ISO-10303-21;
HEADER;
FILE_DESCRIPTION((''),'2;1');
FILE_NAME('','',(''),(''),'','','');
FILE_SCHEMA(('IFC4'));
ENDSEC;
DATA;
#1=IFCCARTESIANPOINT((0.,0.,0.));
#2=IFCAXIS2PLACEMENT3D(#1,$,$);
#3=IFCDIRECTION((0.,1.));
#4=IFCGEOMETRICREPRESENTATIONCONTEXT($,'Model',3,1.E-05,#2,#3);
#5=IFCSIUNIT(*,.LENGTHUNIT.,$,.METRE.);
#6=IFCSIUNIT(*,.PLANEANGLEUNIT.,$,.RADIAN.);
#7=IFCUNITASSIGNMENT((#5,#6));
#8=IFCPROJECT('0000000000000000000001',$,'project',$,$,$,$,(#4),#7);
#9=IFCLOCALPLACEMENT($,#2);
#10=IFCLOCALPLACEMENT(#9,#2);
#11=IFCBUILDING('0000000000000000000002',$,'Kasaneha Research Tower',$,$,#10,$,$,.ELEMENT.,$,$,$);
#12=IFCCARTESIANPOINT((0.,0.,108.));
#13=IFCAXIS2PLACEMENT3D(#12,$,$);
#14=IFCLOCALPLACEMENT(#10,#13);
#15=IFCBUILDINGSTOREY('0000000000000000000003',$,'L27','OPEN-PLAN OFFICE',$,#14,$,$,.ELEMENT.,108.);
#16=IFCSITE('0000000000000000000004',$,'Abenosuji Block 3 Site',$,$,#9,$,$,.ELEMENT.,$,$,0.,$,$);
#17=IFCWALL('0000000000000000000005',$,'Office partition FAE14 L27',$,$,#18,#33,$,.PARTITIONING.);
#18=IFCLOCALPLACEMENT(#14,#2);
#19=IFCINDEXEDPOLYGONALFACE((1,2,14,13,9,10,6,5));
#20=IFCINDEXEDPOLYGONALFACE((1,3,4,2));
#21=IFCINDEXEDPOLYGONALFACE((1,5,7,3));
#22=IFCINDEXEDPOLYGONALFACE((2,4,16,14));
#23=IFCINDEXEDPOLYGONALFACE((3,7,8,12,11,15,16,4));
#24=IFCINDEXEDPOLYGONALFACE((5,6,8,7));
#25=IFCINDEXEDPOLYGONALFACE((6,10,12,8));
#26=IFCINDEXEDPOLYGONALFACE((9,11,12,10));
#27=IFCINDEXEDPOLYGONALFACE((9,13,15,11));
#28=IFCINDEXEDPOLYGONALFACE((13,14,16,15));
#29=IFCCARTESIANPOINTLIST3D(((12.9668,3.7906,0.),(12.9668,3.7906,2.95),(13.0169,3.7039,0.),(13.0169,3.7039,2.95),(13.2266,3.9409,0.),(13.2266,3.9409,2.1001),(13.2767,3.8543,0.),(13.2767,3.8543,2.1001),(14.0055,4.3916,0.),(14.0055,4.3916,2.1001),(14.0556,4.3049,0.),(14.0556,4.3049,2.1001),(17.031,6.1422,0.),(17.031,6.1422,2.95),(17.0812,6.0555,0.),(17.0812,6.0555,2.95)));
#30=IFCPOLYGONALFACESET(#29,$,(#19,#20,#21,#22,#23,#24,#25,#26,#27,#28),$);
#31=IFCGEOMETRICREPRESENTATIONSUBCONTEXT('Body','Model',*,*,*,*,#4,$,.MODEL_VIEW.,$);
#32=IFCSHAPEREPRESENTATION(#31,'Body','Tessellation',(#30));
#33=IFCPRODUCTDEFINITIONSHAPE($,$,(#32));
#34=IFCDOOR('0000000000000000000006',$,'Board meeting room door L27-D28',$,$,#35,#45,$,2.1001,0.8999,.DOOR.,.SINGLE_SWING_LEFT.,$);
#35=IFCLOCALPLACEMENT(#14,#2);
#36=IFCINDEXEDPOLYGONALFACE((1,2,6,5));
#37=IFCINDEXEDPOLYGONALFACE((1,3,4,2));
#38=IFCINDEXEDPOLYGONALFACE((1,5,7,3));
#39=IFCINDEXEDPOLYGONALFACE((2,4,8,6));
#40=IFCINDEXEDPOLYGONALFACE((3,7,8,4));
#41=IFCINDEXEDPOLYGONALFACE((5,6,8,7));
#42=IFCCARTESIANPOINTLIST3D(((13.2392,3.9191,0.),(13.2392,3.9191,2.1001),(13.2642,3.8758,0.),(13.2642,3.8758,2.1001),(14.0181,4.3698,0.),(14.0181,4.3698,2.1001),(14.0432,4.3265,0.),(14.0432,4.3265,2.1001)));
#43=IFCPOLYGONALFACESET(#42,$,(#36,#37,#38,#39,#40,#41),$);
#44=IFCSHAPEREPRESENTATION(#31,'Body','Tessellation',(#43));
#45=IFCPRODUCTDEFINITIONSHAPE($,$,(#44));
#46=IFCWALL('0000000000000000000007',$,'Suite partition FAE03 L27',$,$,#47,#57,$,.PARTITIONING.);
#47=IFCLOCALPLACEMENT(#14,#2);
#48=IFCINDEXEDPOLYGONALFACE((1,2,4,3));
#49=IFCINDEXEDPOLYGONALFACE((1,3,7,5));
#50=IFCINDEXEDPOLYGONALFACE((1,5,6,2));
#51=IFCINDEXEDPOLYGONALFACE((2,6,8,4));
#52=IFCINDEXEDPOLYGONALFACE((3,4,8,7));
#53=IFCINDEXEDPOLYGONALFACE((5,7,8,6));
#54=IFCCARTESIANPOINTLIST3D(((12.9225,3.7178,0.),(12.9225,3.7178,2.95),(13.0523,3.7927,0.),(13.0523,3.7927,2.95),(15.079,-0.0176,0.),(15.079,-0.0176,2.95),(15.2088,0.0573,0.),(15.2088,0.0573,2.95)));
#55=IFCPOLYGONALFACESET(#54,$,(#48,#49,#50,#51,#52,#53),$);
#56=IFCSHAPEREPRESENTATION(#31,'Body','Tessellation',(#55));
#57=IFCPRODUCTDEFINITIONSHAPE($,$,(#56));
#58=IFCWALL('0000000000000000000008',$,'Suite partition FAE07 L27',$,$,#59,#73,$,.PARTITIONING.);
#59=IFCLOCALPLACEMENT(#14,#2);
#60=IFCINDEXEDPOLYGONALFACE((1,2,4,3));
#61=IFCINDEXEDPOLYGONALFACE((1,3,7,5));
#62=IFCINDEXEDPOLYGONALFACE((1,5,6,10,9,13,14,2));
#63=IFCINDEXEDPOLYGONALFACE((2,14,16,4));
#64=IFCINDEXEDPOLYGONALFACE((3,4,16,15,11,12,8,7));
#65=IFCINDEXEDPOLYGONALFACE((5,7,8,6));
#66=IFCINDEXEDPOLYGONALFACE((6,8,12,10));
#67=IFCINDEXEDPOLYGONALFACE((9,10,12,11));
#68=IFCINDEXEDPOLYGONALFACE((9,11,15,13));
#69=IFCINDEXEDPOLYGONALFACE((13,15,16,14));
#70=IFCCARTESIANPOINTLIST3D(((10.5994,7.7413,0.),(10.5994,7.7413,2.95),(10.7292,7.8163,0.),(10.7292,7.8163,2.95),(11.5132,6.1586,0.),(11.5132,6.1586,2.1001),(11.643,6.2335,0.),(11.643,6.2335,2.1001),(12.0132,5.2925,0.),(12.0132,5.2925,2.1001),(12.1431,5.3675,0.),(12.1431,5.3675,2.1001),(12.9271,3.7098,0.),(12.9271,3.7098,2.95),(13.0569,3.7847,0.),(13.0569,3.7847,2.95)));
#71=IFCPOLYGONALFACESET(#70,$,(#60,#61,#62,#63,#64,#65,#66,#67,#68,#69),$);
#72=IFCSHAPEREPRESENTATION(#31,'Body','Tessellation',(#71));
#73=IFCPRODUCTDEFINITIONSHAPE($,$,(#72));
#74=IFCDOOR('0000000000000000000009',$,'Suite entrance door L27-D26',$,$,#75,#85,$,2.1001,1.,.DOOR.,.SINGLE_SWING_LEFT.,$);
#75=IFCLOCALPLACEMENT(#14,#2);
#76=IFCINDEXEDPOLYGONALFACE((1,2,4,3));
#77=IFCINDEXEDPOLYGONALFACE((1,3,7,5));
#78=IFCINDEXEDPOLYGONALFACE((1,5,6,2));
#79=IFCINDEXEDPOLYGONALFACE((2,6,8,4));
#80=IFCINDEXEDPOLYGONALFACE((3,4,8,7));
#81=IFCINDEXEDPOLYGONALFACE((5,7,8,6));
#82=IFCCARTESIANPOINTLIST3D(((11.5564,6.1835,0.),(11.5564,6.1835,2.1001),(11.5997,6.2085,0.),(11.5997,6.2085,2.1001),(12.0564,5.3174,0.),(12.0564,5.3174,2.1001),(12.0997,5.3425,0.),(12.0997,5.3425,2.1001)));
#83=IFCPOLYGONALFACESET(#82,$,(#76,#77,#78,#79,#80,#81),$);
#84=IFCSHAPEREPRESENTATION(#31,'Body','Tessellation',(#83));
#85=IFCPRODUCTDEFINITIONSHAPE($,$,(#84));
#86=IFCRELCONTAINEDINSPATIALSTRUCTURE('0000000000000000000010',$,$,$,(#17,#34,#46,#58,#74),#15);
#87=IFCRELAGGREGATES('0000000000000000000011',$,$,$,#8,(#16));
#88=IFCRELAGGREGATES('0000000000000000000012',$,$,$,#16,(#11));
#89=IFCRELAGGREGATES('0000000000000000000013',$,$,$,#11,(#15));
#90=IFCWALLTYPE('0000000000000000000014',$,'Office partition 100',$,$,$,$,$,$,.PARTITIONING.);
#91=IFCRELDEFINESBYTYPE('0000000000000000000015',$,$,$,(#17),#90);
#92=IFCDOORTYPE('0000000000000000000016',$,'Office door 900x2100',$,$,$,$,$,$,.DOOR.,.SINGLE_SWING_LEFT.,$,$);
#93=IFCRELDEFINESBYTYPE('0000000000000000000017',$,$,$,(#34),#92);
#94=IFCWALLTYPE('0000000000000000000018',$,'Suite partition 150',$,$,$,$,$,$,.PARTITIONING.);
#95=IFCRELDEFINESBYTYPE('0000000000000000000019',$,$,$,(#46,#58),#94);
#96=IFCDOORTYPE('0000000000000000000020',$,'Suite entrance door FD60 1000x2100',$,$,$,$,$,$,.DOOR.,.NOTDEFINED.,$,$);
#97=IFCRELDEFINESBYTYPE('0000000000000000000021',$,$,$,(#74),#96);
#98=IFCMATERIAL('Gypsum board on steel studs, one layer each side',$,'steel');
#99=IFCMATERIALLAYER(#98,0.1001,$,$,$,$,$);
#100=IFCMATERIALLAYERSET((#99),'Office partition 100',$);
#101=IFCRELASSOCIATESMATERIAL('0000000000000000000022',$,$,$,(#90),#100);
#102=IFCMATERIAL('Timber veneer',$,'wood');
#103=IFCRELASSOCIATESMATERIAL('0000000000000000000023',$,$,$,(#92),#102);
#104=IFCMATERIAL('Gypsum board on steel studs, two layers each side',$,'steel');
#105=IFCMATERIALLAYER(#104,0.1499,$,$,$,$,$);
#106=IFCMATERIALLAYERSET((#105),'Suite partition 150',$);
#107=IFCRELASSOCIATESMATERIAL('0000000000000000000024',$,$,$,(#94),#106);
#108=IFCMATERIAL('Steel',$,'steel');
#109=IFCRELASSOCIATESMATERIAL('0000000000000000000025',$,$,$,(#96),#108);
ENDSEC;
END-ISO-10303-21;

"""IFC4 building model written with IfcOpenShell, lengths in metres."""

from ifc_helpers import new_model, si_unit, direction, frame, frame_2d, origin, place, context, subcontext, project, spatial, rectangle, extrude, material, layer, layer_set, type_object, element, fill, save


model = new_model("IFC4")

# Units and contexts
model_context = context("Model", 3, precision=1e-05, world=origin(), true_north=direction((0.0, 1.0)))
body_context = subcontext(model_context, "Body", "Model", "MODEL_VIEW")
ifc_project = project(units=[si_unit("LENGTHUNIT", "METRE"), si_unit("PLANEANGLEUNIT", "RADIAN")], contexts=[model_context])

# Site, building, storey
site_placement = place(None, origin())
site = spatial("IfcSite", under=ifc_project, at=site_placement, Name="Abenosuji Block 3 Site", CompositionType="ELEMENT", RefElevation=0.0)
building_placement = place(site_placement, origin())
building = spatial("IfcBuilding", under=site, at=building_placement, Name="Kasaneha Research Tower", CompositionType="ELEMENT")
storey_placement = place(building_placement, frame((0.0, 0.0, 108.0)))
storey = spatial("IfcBuildingStorey", under=building, at=storey_placement, Name="L27", Description="OPEN-PLAN OFFICE", CompositionType="ELEMENT", Elevation=108.0)

# Shared definitions
ifc_material_1 = material(Name="Gypsum board on steel studs, one layer each side", Category="steel")
ifc_layer_1 = layer(ifc_material_1, 0.1001)
ifc_layer_set_1 = layer_set([ifc_layer_1], Name="Office partition 100")
wall_type_1 = type_object("IfcWallType", Name="Office partition 100", PredefinedType="PARTITIONING", material=ifc_layer_set_1)

# Wall, opening, door
wall_1_placement = place(storey_placement, frame((12.9919, 3.7473, 0.0), z_axis=(0.0, 0.0, 1.0), x_axis=(0.865556, 0.500813, 0.0)))
wall_1 = element("IfcWall", 1, at=wall_1_placement, inside=storey, type_object=wall_type_1, Name="Office partition FAE14 L27", PredefinedType="PARTITIONING", context=body_context, shape_type="SweptSolid", body=[
    extrude(rectangle(XDim=4.6956, YDim=0.1001, at=frame_2d((2.3477, 0.0))), origin(), (0.0, 0.0, 1.0), 2.95),
])
opening_1_placement = place(wall_1_placement, frame((0.3, 0.0, 0.0)))
opening_1 = element("IfcOpeningElement", 2, at=opening_1_placement, cuts=wall_1, PredefinedType="OPENING", context=body_context, shape_type="SweptSolid", body=[
    extrude(rectangle(XDim=0.8999, YDim=2.1001, at=frame_2d((0.45, 1.05))), frame((0.0, 0.0601, 0.0), z_axis=(0.0, -1.0, 0.0), x_axis=(1.0, 0.0, 0.0)), (0.0, 0.0, 1.0), 0.1201),
])
ifc_material_2 = material(Name="Timber veneer", Category="wood")
door_type_1 = type_object("IfcDoorType", Name="Office door 900x2100", OperationType="SINGLE_SWING_LEFT", PredefinedType="DOOR", material=ifc_material_2)
door_1_placement = place(opening_1_placement, origin())
door_1 = element("IfcDoor", 3, at=door_1_placement, inside=storey, type_object=door_type_1, Name="Board meeting room door L27-D28", OperationType="SINGLE_SWING_LEFT", OverallHeight=2.1001, OverallWidth=0.8999, PredefinedType="DOOR", context=body_context, shape_type="SweptSolid", body=[
    extrude(rectangle(XDim=0.8999, YDim=2.1001, at=frame_2d((0.45, 1.05))), frame((0.0, 0.0249, 0.0), z_axis=(0.0, -1.0, 0.0), x_axis=(1.0, 0.0, 0.0)), (0.0, 0.0, 1.0), 0.05),
])
fill(opening_1, door_1)

# Wall
ifc_material_3 = material(Name="Gypsum board on steel studs, two layers each side", Category="steel")
ifc_layer_2 = layer(ifc_material_3, 0.1499)
ifc_layer_set_2 = layer_set([ifc_layer_2], Name="Suite partition 150")
wall_type_2 = type_object("IfcWallType", Name="Suite partition 150", PredefinedType="PARTITIONING", material=ifc_layer_set_2)
wall_2_placement = place(storey_placement, frame((12.9873, 3.7554, 0.0), z_axis=(0.0, 0.0, 1.0), x_axis=(0.499981, -0.866037, 0.0)))
element("IfcWall", 4, at=wall_2_placement, inside=storey, type_object=wall_type_2, Name="Suite partition FAE03 L27", PredefinedType="PARTITIONING", context=body_context, shape_type="SweptSolid", body=[
    extrude(rectangle(XDim=4.3132, YDim=0.1499, at=frame_2d((2.1567, 0.0))), origin(), (0.0, 0.0, 1.0), 2.95),
])

# Wall, opening, door
wall_3_placement = place(storey_placement, frame((10.6643, 7.7788, 0.0), z_axis=(0.0, 0.0, 1.0), x_axis=(0.500008, -0.866021, 0.0)))
wall_3 = element("IfcWall", 5, at=wall_3_placement, inside=storey, type_object=wall_type_2, Name="Suite partition FAE07 L27", PredefinedType="PARTITIONING", context=body_context, shape_type="SweptSolid", body=[
    extrude(rectangle(XDim=4.6553, YDim=0.1499, at=frame_2d((2.3276, 0.0))), origin(), (0.0, 0.0, 1.0), 2.95),
])
opening_2_placement = place(wall_3_placement, frame((1.8276, 0.0, 0.0)))
opening_2 = element("IfcOpeningElement", 6, at=opening_2_placement, cuts=wall_3, PredefinedType="OPENING", context=body_context, shape_type="SweptSolid", body=[
    extrude(rectangle(XDim=1.0, YDim=2.1001, at=frame_2d((0.5, 1.05))), frame((0.0, 0.085, 0.0), z_axis=(0.0, -1.0, 0.0), x_axis=(1.0, 0.0, 0.0)), (0.0, 0.0, 1.0), 0.1699),
])
ifc_material_4 = material(Name="Steel", Category="steel")
door_type_2 = type_object("IfcDoorType", Name="Suite entrance door FD60 1000x2100", OperationType="NOTDEFINED", PredefinedType="DOOR", material=ifc_material_4)
door_2_placement = place(opening_2_placement, origin())
door_2 = element("IfcDoor", 7, at=door_2_placement, inside=storey, type_object=door_type_2, Name="Suite entrance door L27-D26", OperationType="SINGLE_SWING_LEFT", OverallHeight=2.1001, OverallWidth=1.0, PredefinedType="DOOR", context=body_context, shape_type="SweptSolid", body=[
    extrude(rectangle(XDim=1.0, YDim=2.1001, at=frame_2d((0.5, 1.05))), frame((0.0, 0.0249, 0.0), z_axis=(0.0, -1.0, 0.0), x_axis=(1.0, 0.0, 0.0)), (0.0, 0.0, 1.0), 0.05),
])
fill(opening_2, door_2)

save(model, "model.ifc")
